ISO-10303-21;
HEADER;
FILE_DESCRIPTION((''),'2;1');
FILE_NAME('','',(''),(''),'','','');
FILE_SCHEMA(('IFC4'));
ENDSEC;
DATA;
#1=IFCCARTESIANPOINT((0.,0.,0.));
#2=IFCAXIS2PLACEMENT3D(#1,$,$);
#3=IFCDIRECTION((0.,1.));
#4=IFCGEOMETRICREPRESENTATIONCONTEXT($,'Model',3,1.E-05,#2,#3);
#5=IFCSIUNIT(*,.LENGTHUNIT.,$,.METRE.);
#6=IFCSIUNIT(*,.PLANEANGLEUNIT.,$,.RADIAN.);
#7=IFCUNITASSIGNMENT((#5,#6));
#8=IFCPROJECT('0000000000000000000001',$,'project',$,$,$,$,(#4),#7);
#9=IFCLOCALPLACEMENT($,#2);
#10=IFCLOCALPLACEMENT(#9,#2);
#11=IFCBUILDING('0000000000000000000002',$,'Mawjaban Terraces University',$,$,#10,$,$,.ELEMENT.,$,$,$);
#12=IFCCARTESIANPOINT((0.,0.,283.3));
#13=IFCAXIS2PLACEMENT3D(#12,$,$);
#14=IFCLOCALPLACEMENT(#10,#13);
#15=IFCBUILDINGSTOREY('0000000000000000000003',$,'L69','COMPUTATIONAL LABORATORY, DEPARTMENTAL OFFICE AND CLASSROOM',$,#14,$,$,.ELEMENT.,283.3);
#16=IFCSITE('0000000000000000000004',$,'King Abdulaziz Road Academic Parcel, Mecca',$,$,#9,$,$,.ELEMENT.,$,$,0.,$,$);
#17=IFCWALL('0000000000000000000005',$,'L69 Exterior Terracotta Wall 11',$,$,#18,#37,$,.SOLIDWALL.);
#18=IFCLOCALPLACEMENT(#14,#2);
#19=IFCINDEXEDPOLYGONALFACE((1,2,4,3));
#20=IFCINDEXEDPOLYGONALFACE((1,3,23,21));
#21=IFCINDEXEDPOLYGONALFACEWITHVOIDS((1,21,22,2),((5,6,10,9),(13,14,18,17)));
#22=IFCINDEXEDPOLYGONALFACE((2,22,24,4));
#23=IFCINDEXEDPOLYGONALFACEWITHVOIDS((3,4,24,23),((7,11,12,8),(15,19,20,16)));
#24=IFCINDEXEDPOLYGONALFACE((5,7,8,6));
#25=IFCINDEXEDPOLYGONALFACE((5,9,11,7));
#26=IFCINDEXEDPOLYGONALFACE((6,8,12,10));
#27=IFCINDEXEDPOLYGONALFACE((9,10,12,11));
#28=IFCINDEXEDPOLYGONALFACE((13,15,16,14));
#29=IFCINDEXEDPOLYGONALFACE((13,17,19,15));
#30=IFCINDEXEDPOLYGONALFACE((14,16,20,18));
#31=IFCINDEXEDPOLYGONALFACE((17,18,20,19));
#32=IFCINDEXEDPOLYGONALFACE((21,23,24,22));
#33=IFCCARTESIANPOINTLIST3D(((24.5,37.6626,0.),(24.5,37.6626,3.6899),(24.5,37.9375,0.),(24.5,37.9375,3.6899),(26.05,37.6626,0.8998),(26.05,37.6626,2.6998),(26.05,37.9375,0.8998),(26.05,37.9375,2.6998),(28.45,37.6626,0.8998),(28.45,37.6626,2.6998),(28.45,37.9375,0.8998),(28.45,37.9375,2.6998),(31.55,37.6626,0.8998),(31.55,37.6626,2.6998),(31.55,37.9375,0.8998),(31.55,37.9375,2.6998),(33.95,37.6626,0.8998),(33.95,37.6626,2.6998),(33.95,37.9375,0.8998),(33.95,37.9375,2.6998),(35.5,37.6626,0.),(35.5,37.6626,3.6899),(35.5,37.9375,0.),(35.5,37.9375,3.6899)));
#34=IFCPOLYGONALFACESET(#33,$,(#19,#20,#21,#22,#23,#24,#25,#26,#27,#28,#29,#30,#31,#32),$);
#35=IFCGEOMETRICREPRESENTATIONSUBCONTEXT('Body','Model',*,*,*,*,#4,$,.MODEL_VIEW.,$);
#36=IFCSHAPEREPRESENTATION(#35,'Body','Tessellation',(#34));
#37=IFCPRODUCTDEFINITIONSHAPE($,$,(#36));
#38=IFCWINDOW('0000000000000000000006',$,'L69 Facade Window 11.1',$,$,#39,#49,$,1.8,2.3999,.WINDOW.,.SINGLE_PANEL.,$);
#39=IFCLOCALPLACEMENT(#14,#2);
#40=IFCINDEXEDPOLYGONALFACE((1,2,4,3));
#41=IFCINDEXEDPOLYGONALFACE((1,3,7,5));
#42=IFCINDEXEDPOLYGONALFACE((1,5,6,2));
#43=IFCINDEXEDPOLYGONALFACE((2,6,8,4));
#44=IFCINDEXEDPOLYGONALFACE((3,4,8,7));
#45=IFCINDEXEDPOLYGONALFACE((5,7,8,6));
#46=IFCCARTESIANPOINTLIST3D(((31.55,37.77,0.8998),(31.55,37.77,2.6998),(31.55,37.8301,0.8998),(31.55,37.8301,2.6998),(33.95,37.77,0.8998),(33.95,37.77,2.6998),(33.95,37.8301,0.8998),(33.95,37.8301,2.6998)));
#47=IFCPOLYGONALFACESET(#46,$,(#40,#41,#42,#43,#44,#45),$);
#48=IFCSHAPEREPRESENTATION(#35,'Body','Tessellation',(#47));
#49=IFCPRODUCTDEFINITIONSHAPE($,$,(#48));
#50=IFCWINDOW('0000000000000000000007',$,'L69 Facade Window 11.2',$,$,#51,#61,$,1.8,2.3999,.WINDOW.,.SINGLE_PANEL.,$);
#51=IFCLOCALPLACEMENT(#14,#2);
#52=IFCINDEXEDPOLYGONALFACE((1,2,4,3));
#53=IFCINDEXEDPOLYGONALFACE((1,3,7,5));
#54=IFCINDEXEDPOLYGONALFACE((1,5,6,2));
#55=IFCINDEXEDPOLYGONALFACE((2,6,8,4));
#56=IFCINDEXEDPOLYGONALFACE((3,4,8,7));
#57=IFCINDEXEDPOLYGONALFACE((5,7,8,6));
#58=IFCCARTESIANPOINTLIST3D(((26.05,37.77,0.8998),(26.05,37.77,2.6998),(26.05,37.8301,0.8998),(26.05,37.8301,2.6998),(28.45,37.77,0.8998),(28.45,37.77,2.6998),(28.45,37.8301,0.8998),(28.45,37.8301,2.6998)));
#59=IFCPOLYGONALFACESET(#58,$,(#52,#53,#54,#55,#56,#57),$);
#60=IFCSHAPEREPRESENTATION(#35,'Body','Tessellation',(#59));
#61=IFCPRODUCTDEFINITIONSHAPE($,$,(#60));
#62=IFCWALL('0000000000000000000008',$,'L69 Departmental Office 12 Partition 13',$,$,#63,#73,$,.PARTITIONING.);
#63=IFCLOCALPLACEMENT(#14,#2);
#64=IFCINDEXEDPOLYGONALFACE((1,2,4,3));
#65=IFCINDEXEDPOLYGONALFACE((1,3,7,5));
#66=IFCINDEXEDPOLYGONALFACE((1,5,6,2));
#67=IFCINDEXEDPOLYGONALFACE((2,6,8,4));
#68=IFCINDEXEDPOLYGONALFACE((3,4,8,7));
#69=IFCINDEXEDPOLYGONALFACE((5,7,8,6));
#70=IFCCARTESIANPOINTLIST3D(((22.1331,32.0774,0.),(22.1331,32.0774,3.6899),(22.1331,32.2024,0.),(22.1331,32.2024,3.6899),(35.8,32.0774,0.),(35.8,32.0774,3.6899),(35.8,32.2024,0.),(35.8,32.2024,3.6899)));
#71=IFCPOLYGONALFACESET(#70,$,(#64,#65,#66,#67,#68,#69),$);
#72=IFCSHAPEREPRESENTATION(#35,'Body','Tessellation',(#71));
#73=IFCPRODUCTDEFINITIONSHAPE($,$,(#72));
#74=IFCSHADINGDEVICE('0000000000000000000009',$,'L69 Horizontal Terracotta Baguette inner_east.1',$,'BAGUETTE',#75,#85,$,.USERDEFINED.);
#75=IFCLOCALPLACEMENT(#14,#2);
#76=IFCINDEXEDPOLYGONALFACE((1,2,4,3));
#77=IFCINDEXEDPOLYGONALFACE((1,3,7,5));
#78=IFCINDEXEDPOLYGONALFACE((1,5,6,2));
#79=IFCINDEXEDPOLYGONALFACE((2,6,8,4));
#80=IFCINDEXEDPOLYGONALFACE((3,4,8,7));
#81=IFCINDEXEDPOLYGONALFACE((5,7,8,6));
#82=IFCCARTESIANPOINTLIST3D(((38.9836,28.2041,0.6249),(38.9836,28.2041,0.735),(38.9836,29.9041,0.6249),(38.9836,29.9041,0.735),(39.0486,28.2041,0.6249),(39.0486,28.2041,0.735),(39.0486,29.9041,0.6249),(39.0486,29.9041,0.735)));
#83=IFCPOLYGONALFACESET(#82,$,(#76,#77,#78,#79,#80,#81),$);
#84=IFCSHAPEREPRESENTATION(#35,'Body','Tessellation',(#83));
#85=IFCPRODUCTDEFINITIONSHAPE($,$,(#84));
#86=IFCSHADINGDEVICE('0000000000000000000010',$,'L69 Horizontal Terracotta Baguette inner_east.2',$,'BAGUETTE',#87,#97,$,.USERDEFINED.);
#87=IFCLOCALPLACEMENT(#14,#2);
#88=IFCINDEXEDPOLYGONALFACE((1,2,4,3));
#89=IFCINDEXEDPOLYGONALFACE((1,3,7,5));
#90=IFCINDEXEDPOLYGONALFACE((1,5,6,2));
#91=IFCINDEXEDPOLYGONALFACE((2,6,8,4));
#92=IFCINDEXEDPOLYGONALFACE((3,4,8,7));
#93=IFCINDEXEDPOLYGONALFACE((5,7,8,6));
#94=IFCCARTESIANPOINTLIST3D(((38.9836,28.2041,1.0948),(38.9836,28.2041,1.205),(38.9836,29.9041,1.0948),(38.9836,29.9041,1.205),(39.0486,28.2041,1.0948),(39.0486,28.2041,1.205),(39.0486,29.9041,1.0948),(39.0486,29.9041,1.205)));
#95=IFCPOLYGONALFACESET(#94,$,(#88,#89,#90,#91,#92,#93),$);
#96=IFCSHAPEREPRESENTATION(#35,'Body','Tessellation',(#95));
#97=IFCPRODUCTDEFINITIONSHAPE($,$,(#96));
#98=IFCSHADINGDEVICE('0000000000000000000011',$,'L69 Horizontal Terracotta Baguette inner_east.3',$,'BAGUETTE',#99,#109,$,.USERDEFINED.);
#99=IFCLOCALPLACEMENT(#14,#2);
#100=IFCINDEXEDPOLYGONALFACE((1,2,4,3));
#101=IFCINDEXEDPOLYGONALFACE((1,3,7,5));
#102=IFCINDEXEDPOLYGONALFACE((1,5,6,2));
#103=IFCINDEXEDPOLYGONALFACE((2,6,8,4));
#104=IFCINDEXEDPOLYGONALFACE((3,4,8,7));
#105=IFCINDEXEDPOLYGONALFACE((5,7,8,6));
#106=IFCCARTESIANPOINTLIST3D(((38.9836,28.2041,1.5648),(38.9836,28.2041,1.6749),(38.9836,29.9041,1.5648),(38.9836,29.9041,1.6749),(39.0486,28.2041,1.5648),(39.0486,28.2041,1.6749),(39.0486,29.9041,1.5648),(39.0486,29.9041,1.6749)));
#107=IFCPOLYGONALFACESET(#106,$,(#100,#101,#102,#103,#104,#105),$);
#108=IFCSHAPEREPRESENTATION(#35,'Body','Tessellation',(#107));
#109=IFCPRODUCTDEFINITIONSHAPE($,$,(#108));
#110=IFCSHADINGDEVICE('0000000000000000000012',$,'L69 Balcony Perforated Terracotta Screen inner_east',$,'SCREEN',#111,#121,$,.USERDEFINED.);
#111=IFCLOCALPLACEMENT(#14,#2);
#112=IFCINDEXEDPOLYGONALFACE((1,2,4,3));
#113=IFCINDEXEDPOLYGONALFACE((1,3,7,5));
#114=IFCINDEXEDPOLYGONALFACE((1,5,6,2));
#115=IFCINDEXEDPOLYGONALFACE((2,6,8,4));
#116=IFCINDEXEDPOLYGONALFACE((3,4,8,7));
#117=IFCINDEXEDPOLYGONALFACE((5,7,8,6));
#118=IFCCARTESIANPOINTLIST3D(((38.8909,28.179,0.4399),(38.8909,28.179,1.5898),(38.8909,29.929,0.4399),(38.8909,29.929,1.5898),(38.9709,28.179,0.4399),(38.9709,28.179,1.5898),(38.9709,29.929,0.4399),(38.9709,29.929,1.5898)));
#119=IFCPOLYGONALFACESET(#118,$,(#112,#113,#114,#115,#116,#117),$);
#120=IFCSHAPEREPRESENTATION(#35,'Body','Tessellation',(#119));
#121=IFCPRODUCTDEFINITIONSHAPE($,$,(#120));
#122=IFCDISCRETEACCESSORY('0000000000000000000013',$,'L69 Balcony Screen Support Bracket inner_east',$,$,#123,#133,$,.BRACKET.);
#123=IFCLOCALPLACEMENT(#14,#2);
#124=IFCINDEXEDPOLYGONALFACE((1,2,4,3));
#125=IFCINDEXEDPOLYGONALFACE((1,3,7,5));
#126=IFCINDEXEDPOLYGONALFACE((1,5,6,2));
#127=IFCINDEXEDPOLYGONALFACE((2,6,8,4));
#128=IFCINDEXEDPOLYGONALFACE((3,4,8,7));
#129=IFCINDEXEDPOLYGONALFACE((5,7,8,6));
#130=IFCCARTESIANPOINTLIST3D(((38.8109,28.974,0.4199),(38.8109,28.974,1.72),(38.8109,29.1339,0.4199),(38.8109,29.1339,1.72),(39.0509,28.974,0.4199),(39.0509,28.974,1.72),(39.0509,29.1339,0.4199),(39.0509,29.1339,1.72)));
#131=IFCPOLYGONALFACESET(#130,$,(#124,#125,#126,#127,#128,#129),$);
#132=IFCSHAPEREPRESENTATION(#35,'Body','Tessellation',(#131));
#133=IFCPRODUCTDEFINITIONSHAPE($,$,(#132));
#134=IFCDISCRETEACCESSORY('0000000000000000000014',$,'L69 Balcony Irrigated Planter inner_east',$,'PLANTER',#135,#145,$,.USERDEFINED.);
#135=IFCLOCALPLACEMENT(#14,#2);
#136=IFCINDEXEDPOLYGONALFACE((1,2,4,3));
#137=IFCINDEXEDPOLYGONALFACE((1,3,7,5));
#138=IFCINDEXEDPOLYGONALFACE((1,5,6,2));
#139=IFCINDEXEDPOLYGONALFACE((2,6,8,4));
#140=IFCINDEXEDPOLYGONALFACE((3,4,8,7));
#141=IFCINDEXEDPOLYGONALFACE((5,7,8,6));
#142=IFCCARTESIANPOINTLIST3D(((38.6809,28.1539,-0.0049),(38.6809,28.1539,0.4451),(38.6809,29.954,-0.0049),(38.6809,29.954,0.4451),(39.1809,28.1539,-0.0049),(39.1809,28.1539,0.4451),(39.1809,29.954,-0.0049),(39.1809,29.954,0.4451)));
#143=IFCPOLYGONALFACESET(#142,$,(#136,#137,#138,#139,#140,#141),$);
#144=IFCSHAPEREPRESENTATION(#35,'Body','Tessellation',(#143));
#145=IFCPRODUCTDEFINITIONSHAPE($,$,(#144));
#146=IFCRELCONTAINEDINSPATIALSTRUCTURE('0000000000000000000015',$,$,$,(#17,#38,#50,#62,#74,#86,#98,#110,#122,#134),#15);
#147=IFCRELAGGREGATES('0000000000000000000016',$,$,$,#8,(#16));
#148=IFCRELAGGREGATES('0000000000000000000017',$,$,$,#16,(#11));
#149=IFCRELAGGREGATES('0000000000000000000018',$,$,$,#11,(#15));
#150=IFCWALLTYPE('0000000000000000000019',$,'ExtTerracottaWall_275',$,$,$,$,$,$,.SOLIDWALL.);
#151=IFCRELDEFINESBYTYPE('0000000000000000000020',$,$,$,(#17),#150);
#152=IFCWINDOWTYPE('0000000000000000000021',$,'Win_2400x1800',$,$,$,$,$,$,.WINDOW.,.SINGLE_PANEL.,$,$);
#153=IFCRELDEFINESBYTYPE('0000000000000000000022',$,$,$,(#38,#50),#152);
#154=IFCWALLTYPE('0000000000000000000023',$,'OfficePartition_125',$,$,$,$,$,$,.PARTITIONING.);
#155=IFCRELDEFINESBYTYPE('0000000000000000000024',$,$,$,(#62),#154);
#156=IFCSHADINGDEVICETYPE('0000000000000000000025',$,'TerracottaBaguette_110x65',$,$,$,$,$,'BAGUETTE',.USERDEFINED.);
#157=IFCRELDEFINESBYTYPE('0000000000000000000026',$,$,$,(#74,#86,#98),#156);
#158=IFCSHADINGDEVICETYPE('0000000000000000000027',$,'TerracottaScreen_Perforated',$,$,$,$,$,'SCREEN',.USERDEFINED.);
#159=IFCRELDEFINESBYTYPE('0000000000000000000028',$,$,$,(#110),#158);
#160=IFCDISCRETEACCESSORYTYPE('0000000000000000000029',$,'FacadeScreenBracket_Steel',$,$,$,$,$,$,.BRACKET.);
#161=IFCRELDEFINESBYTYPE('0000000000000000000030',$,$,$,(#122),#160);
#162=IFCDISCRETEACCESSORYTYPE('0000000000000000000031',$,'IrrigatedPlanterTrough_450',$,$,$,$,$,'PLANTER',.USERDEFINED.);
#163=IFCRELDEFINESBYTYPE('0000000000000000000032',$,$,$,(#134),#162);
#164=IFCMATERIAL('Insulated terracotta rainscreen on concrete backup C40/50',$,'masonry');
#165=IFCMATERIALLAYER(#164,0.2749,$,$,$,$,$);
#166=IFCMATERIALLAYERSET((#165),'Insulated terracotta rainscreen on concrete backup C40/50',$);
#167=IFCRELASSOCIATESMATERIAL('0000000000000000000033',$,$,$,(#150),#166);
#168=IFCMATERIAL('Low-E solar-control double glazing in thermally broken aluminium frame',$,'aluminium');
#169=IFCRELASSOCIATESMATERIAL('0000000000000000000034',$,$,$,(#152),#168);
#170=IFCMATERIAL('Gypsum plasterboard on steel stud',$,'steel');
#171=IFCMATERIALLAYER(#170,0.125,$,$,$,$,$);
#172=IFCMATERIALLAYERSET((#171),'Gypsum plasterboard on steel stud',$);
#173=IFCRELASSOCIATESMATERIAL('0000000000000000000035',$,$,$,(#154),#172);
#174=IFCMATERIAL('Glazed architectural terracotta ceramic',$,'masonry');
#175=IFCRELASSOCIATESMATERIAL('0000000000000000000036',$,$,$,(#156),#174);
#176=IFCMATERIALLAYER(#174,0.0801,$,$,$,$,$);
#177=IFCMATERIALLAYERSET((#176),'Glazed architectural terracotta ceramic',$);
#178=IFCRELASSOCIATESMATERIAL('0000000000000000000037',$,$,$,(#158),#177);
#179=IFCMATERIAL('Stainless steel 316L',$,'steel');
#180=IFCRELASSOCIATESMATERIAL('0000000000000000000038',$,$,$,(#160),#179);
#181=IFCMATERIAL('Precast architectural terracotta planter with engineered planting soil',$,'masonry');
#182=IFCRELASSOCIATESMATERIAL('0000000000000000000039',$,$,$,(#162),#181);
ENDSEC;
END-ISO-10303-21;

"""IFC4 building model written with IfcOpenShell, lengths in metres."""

from ifc_helpers import new_model, si_unit, direction, frame, frame_2d, origin, origin_2d, place, context, subcontext, project, spatial, rectangle, extrude, material, layer, layer_set, material_profile, profile_set, type_object, element, fill, save


model = new_model("IFC4")

# Units and contexts
model_context = context("Model", 3, precision=1e-05, world=origin(), true_north=direction((0.0, 1.0)))
body_context = subcontext(model_context, "Body", "Model", "MODEL_VIEW")
ifc_project = project(units=[si_unit("LENGTHUNIT", "METRE"), si_unit("PLANEANGLEUNIT", "RADIAN")], contexts=[model_context])

# Site, building, storey
site_placement = place(None, origin())
site = spatial("IfcSite", under=ifc_project, at=site_placement, Name="King Abdulaziz Road Academic Parcel, Mecca", CompositionType="ELEMENT", RefElevation=0.0)
building_placement = place(site_placement, origin())
building = spatial("IfcBuilding", under=site, at=building_placement, Name="Mawjaban Terraces University", CompositionType="ELEMENT")
storey_placement = place(building_placement, frame((0.0, 0.0, 283.3)))
storey = spatial("IfcBuildingStorey", under=building, at=storey_placement, Name="L69", Description="COMPUTATIONAL LABORATORY, DEPARTMENTAL OFFICE AND CLASSROOM", CompositionType="ELEMENT", Elevation=283.3)

# Shared definitions
ifc_material_1 = material(Name="Insulated terracotta rainscreen on concrete backup C40/50", Category="masonry")
ifc_layer_1 = layer(ifc_material_1, 0.2749)
ifc_layer_set_1 = layer_set([ifc_layer_1], Name="Insulated terracotta rainscreen on concrete backup C40/50")
wall_type_1 = type_object("IfcWallType", Name="ExtTerracottaWall_275", PredefinedType="SOLIDWALL", material=ifc_layer_set_1)

# Wall, openings, windows
wall_1_placement = place(storey_placement, frame((35.5, 37.8, 0.0), z_axis=(0.0, 0.0, 1.0), x_axis=(-1.0, 0.0, 0.0)))
wall_1 = element("IfcWall", 1, at=wall_1_placement, inside=storey, type_object=wall_type_1, Name="L69 Exterior Terracotta Wall 11", PredefinedType="SOLIDWALL", context=body_context, shape_type="SweptSolid", body=[
    extrude(rectangle(XDim=11.0, YDim=0.2749, at=frame_2d((5.5, 0.0))), origin(), (0.0, 0.0, 1.0), 3.6899),
])
opening_1_placement = place(wall_1_placement, frame((1.55, 0.0, 0.8999)))
opening_1 = element("IfcOpeningElement", 2, at=opening_1_placement, cuts=wall_1, PredefinedType="OPENING", context=body_context, shape_type="SweptSolid", body=[
    extrude(rectangle(XDim=2.3999, YDim=1.8, at=frame_2d((1.2, 0.8999))), frame((0.0, 0.1475, 0.0), z_axis=(0.0, -1.0, 0.0), x_axis=(1.0, 0.0, 0.0)), (0.0, 0.0, 1.0), 0.2949),
])
opening_2_placement = place(wall_1_placement, frame((7.05, 0.0, 0.8999)))
opening_2 = element("IfcOpeningElement", 3, at=opening_2_placement, cuts=wall_1, PredefinedType="OPENING", context=body_context, shape_type="SweptSolid", body=[
    extrude(rectangle(XDim=2.3999, YDim=1.8, at=frame_2d((1.2, 0.8999))), frame((0.0, 0.1475, 0.0), z_axis=(0.0, -1.0, 0.0), x_axis=(1.0, 0.0, 0.0)), (0.0, 0.0, 1.0), 0.2949),
])
ifc_material_2 = material(Name="Low-E solar-control double glazing in thermally broken aluminium frame", Category="aluminium")
window_type = type_object("IfcWindowType", Name="Win_2400x1800", PartitioningType="SINGLE_PANEL", PredefinedType="WINDOW", material=ifc_material_2)
window_1_placement = place(opening_1_placement, origin())
window_1 = element("IfcWindow", 4, at=window_1_placement, inside=storey, type_object=window_type, Name="L69 Facade Window 11.1", OverallHeight=1.8, OverallWidth=2.3999, PartitioningType="SINGLE_PANEL", PredefinedType="WINDOW", context=body_context, shape_type="SweptSolid", body=[
    extrude(rectangle(XDim=2.3999, YDim=1.8, at=frame_2d((1.2, 0.8999))), frame((0.0, 0.03, 0.0), z_axis=(0.0, -1.0, 0.0), x_axis=(1.0, 0.0, 0.0)), (0.0, 0.0, 1.0), 0.0601),
])
fill(opening_1, window_1)
window_2_placement = place(opening_2_placement, origin())
window_2 = element("IfcWindow", 5, at=window_2_placement, inside=storey, type_object=window_type, Name="L69 Facade Window 11.2", OverallHeight=1.8, OverallWidth=2.3999, PartitioningType="SINGLE_PANEL", PredefinedType="WINDOW", context=body_context, shape_type="SweptSolid", body=[
    extrude(rectangle(XDim=2.3999, YDim=1.8, at=frame_2d((1.2, 0.8999))), frame((0.0, 0.03, 0.0), z_axis=(0.0, -1.0, 0.0), x_axis=(1.0, 0.0, 0.0)), (0.0, 0.0, 1.0), 0.0601),
])
fill(opening_2, window_2)

# Wall
ifc_material_3 = material(Name="Gypsum plasterboard on steel stud", Category="steel")
ifc_layer_2 = layer(ifc_material_3, 0.125)
ifc_layer_set_2 = layer_set([ifc_layer_2], Name="Gypsum plasterboard on steel stud")
wall_type_2 = type_object("IfcWallType", Name="OfficePartition_125", PredefinedType="PARTITIONING", material=ifc_layer_set_2)
wall_2_placement = place(storey_placement, frame((35.8, 32.1399, 0.0), z_axis=(0.0, 0.0, 1.0), x_axis=(-1.0, 0.0, 0.0)))
element("IfcWall", 6, at=wall_2_placement, inside=storey, type_object=wall_type_2, Name="L69 Departmental Office 12 Partition 13", PredefinedType="PARTITIONING", context=body_context, shape_type="SweptSolid", body=[
    extrude(rectangle(XDim=13.667, YDim=0.125, at=frame_2d((6.8335, 0.0))), origin(), (0.0, 0.0, 1.0), 3.6899),
])

# Shading devices
ifc_material_4 = material(Name="Glazed architectural terracotta ceramic", Category="masonry")
ifc_material_profile_1 = material_profile(ifc_material_4, rectangle(XDim=0.0649, YDim=0.1101, at=origin_2d()), Name="TBAG110X65")
ifc_profile_set_1 = profile_set([ifc_material_profile_1], Name="Glazed architectural terracotta ceramic")
shading_device_type_1 = type_object("IfcShadingDeviceType", Name="TerracottaBaguette_110x65", ElementType="BAGUETTE", PredefinedType="USERDEFINED", material=ifc_profile_set_1)
for number, where, z_axis, x_axis, name in (
    (7, (39.0161, 28.2041, 0.6799), (0.0, 1.0, 0.0), (-1.0, 0.0, 0.0), "L69 Horizontal Terracotta Baguette inner_east.1"),
    (8, (39.0161, 28.2041, 1.1499), (0.0, 1.0, 0.0), (-1.0, 0.0, 0.0), "L69 Horizontal Terracotta Baguette inner_east.2"),
    (9, (39.0161, 28.2041, 1.6199), (0.0, 1.0, 0.0), (-1.0, 0.0, 0.0), "L69 Horizontal Terracotta Baguette inner_east.3"),
):
    element("IfcShadingDevice", number, at=place(storey_placement, frame(where, z_axis=z_axis, x_axis=x_axis)), inside=storey, type_object=shading_device_type_1, Name=name, ObjectType="BAGUETTE", PredefinedType="USERDEFINED", context=body_context, shape_type="SweptSolid", body=[
        extrude(rectangle(XDim=0.0649, YDim=0.1101, at=origin_2d()), origin(), (0.0, 0.0, 1.0), 1.7),
    ])
ifc_layer_3 = layer(ifc_material_4, 0.0801)
ifc_layer_set_3 = layer_set([ifc_layer_3], Name="Glazed architectural terracotta ceramic")
shading_device_type_2 = type_object("IfcShadingDeviceType", Name="TerracottaScreen_Perforated", ElementType="SCREEN", PredefinedType="USERDEFINED", material=ifc_layer_set_3)
shading_device_placement = place(storey_placement, frame((38.9309, 29.054, 0.4399), z_axis=(0.0, 0.0, 1.0), x_axis=(0.0, 1.0, 0.0)))
element("IfcShadingDevice", 10, at=shading_device_placement, inside=storey, type_object=shading_device_type_2, Name="L69 Balcony Perforated Terracotta Screen inner_east", ObjectType="SCREEN", PredefinedType="USERDEFINED", context=body_context, shape_type="SweptSolid", body=[
    extrude(rectangle(XDim=1.75, YDim=0.0801, at=origin_2d()), origin(), (0.0, 0.0, 1.0), 1.1499),
])

# Discrete accessories
ifc_material_5 = material(Name="Stainless steel 316L", Category="steel")
discrete_accessory_type_1 = type_object("IfcDiscreteAccessoryType", Name="FacadeScreenBracket_Steel", PredefinedType="BRACKET", material=ifc_material_5)
discrete_accessory_1_placement = place(storey_placement, frame((38.9309, 29.054, 0.4199), z_axis=(0.0, 0.0, 1.0), x_axis=(0.0, 1.0, 0.0)))
element("IfcDiscreteAccessory", 11, at=discrete_accessory_1_placement, inside=storey, type_object=discrete_accessory_type_1, Name="L69 Balcony Screen Support Bracket inner_east", PredefinedType="BRACKET", context=body_context, shape_type="SweptSolid", body=[
    extrude(rectangle(XDim=0.1599, YDim=0.24, at=origin_2d()), origin(), (0.0, 0.0, 1.0), 1.3),
])
ifc_material_6 = material(Name="Precast architectural terracotta planter with engineered planting soil", Category="masonry")
discrete_accessory_type_2 = type_object("IfcDiscreteAccessoryType", Name="IrrigatedPlanterTrough_450", ElementType="PLANTER", PredefinedType="USERDEFINED", material=ifc_material_6)
discrete_accessory_2_placement = place(storey_placement, frame((38.9309, 29.054, -0.0049), z_axis=(0.0, 0.0, 1.0), x_axis=(0.0, 1.0, 0.0)))
element("IfcDiscreteAccessory", 12, at=discrete_accessory_2_placement, inside=storey, type_object=discrete_accessory_type_2, Name="L69 Balcony Irrigated Planter inner_east", ObjectType="PLANTER", PredefinedType="USERDEFINED", context=body_context, shape_type="SweptSolid", body=[
    extrude(rectangle(XDim=1.8, YDim=0.5, at=origin_2d()), origin(), (0.0, 0.0, 1.0), 0.45),
])

save(model, "model.ifc")
